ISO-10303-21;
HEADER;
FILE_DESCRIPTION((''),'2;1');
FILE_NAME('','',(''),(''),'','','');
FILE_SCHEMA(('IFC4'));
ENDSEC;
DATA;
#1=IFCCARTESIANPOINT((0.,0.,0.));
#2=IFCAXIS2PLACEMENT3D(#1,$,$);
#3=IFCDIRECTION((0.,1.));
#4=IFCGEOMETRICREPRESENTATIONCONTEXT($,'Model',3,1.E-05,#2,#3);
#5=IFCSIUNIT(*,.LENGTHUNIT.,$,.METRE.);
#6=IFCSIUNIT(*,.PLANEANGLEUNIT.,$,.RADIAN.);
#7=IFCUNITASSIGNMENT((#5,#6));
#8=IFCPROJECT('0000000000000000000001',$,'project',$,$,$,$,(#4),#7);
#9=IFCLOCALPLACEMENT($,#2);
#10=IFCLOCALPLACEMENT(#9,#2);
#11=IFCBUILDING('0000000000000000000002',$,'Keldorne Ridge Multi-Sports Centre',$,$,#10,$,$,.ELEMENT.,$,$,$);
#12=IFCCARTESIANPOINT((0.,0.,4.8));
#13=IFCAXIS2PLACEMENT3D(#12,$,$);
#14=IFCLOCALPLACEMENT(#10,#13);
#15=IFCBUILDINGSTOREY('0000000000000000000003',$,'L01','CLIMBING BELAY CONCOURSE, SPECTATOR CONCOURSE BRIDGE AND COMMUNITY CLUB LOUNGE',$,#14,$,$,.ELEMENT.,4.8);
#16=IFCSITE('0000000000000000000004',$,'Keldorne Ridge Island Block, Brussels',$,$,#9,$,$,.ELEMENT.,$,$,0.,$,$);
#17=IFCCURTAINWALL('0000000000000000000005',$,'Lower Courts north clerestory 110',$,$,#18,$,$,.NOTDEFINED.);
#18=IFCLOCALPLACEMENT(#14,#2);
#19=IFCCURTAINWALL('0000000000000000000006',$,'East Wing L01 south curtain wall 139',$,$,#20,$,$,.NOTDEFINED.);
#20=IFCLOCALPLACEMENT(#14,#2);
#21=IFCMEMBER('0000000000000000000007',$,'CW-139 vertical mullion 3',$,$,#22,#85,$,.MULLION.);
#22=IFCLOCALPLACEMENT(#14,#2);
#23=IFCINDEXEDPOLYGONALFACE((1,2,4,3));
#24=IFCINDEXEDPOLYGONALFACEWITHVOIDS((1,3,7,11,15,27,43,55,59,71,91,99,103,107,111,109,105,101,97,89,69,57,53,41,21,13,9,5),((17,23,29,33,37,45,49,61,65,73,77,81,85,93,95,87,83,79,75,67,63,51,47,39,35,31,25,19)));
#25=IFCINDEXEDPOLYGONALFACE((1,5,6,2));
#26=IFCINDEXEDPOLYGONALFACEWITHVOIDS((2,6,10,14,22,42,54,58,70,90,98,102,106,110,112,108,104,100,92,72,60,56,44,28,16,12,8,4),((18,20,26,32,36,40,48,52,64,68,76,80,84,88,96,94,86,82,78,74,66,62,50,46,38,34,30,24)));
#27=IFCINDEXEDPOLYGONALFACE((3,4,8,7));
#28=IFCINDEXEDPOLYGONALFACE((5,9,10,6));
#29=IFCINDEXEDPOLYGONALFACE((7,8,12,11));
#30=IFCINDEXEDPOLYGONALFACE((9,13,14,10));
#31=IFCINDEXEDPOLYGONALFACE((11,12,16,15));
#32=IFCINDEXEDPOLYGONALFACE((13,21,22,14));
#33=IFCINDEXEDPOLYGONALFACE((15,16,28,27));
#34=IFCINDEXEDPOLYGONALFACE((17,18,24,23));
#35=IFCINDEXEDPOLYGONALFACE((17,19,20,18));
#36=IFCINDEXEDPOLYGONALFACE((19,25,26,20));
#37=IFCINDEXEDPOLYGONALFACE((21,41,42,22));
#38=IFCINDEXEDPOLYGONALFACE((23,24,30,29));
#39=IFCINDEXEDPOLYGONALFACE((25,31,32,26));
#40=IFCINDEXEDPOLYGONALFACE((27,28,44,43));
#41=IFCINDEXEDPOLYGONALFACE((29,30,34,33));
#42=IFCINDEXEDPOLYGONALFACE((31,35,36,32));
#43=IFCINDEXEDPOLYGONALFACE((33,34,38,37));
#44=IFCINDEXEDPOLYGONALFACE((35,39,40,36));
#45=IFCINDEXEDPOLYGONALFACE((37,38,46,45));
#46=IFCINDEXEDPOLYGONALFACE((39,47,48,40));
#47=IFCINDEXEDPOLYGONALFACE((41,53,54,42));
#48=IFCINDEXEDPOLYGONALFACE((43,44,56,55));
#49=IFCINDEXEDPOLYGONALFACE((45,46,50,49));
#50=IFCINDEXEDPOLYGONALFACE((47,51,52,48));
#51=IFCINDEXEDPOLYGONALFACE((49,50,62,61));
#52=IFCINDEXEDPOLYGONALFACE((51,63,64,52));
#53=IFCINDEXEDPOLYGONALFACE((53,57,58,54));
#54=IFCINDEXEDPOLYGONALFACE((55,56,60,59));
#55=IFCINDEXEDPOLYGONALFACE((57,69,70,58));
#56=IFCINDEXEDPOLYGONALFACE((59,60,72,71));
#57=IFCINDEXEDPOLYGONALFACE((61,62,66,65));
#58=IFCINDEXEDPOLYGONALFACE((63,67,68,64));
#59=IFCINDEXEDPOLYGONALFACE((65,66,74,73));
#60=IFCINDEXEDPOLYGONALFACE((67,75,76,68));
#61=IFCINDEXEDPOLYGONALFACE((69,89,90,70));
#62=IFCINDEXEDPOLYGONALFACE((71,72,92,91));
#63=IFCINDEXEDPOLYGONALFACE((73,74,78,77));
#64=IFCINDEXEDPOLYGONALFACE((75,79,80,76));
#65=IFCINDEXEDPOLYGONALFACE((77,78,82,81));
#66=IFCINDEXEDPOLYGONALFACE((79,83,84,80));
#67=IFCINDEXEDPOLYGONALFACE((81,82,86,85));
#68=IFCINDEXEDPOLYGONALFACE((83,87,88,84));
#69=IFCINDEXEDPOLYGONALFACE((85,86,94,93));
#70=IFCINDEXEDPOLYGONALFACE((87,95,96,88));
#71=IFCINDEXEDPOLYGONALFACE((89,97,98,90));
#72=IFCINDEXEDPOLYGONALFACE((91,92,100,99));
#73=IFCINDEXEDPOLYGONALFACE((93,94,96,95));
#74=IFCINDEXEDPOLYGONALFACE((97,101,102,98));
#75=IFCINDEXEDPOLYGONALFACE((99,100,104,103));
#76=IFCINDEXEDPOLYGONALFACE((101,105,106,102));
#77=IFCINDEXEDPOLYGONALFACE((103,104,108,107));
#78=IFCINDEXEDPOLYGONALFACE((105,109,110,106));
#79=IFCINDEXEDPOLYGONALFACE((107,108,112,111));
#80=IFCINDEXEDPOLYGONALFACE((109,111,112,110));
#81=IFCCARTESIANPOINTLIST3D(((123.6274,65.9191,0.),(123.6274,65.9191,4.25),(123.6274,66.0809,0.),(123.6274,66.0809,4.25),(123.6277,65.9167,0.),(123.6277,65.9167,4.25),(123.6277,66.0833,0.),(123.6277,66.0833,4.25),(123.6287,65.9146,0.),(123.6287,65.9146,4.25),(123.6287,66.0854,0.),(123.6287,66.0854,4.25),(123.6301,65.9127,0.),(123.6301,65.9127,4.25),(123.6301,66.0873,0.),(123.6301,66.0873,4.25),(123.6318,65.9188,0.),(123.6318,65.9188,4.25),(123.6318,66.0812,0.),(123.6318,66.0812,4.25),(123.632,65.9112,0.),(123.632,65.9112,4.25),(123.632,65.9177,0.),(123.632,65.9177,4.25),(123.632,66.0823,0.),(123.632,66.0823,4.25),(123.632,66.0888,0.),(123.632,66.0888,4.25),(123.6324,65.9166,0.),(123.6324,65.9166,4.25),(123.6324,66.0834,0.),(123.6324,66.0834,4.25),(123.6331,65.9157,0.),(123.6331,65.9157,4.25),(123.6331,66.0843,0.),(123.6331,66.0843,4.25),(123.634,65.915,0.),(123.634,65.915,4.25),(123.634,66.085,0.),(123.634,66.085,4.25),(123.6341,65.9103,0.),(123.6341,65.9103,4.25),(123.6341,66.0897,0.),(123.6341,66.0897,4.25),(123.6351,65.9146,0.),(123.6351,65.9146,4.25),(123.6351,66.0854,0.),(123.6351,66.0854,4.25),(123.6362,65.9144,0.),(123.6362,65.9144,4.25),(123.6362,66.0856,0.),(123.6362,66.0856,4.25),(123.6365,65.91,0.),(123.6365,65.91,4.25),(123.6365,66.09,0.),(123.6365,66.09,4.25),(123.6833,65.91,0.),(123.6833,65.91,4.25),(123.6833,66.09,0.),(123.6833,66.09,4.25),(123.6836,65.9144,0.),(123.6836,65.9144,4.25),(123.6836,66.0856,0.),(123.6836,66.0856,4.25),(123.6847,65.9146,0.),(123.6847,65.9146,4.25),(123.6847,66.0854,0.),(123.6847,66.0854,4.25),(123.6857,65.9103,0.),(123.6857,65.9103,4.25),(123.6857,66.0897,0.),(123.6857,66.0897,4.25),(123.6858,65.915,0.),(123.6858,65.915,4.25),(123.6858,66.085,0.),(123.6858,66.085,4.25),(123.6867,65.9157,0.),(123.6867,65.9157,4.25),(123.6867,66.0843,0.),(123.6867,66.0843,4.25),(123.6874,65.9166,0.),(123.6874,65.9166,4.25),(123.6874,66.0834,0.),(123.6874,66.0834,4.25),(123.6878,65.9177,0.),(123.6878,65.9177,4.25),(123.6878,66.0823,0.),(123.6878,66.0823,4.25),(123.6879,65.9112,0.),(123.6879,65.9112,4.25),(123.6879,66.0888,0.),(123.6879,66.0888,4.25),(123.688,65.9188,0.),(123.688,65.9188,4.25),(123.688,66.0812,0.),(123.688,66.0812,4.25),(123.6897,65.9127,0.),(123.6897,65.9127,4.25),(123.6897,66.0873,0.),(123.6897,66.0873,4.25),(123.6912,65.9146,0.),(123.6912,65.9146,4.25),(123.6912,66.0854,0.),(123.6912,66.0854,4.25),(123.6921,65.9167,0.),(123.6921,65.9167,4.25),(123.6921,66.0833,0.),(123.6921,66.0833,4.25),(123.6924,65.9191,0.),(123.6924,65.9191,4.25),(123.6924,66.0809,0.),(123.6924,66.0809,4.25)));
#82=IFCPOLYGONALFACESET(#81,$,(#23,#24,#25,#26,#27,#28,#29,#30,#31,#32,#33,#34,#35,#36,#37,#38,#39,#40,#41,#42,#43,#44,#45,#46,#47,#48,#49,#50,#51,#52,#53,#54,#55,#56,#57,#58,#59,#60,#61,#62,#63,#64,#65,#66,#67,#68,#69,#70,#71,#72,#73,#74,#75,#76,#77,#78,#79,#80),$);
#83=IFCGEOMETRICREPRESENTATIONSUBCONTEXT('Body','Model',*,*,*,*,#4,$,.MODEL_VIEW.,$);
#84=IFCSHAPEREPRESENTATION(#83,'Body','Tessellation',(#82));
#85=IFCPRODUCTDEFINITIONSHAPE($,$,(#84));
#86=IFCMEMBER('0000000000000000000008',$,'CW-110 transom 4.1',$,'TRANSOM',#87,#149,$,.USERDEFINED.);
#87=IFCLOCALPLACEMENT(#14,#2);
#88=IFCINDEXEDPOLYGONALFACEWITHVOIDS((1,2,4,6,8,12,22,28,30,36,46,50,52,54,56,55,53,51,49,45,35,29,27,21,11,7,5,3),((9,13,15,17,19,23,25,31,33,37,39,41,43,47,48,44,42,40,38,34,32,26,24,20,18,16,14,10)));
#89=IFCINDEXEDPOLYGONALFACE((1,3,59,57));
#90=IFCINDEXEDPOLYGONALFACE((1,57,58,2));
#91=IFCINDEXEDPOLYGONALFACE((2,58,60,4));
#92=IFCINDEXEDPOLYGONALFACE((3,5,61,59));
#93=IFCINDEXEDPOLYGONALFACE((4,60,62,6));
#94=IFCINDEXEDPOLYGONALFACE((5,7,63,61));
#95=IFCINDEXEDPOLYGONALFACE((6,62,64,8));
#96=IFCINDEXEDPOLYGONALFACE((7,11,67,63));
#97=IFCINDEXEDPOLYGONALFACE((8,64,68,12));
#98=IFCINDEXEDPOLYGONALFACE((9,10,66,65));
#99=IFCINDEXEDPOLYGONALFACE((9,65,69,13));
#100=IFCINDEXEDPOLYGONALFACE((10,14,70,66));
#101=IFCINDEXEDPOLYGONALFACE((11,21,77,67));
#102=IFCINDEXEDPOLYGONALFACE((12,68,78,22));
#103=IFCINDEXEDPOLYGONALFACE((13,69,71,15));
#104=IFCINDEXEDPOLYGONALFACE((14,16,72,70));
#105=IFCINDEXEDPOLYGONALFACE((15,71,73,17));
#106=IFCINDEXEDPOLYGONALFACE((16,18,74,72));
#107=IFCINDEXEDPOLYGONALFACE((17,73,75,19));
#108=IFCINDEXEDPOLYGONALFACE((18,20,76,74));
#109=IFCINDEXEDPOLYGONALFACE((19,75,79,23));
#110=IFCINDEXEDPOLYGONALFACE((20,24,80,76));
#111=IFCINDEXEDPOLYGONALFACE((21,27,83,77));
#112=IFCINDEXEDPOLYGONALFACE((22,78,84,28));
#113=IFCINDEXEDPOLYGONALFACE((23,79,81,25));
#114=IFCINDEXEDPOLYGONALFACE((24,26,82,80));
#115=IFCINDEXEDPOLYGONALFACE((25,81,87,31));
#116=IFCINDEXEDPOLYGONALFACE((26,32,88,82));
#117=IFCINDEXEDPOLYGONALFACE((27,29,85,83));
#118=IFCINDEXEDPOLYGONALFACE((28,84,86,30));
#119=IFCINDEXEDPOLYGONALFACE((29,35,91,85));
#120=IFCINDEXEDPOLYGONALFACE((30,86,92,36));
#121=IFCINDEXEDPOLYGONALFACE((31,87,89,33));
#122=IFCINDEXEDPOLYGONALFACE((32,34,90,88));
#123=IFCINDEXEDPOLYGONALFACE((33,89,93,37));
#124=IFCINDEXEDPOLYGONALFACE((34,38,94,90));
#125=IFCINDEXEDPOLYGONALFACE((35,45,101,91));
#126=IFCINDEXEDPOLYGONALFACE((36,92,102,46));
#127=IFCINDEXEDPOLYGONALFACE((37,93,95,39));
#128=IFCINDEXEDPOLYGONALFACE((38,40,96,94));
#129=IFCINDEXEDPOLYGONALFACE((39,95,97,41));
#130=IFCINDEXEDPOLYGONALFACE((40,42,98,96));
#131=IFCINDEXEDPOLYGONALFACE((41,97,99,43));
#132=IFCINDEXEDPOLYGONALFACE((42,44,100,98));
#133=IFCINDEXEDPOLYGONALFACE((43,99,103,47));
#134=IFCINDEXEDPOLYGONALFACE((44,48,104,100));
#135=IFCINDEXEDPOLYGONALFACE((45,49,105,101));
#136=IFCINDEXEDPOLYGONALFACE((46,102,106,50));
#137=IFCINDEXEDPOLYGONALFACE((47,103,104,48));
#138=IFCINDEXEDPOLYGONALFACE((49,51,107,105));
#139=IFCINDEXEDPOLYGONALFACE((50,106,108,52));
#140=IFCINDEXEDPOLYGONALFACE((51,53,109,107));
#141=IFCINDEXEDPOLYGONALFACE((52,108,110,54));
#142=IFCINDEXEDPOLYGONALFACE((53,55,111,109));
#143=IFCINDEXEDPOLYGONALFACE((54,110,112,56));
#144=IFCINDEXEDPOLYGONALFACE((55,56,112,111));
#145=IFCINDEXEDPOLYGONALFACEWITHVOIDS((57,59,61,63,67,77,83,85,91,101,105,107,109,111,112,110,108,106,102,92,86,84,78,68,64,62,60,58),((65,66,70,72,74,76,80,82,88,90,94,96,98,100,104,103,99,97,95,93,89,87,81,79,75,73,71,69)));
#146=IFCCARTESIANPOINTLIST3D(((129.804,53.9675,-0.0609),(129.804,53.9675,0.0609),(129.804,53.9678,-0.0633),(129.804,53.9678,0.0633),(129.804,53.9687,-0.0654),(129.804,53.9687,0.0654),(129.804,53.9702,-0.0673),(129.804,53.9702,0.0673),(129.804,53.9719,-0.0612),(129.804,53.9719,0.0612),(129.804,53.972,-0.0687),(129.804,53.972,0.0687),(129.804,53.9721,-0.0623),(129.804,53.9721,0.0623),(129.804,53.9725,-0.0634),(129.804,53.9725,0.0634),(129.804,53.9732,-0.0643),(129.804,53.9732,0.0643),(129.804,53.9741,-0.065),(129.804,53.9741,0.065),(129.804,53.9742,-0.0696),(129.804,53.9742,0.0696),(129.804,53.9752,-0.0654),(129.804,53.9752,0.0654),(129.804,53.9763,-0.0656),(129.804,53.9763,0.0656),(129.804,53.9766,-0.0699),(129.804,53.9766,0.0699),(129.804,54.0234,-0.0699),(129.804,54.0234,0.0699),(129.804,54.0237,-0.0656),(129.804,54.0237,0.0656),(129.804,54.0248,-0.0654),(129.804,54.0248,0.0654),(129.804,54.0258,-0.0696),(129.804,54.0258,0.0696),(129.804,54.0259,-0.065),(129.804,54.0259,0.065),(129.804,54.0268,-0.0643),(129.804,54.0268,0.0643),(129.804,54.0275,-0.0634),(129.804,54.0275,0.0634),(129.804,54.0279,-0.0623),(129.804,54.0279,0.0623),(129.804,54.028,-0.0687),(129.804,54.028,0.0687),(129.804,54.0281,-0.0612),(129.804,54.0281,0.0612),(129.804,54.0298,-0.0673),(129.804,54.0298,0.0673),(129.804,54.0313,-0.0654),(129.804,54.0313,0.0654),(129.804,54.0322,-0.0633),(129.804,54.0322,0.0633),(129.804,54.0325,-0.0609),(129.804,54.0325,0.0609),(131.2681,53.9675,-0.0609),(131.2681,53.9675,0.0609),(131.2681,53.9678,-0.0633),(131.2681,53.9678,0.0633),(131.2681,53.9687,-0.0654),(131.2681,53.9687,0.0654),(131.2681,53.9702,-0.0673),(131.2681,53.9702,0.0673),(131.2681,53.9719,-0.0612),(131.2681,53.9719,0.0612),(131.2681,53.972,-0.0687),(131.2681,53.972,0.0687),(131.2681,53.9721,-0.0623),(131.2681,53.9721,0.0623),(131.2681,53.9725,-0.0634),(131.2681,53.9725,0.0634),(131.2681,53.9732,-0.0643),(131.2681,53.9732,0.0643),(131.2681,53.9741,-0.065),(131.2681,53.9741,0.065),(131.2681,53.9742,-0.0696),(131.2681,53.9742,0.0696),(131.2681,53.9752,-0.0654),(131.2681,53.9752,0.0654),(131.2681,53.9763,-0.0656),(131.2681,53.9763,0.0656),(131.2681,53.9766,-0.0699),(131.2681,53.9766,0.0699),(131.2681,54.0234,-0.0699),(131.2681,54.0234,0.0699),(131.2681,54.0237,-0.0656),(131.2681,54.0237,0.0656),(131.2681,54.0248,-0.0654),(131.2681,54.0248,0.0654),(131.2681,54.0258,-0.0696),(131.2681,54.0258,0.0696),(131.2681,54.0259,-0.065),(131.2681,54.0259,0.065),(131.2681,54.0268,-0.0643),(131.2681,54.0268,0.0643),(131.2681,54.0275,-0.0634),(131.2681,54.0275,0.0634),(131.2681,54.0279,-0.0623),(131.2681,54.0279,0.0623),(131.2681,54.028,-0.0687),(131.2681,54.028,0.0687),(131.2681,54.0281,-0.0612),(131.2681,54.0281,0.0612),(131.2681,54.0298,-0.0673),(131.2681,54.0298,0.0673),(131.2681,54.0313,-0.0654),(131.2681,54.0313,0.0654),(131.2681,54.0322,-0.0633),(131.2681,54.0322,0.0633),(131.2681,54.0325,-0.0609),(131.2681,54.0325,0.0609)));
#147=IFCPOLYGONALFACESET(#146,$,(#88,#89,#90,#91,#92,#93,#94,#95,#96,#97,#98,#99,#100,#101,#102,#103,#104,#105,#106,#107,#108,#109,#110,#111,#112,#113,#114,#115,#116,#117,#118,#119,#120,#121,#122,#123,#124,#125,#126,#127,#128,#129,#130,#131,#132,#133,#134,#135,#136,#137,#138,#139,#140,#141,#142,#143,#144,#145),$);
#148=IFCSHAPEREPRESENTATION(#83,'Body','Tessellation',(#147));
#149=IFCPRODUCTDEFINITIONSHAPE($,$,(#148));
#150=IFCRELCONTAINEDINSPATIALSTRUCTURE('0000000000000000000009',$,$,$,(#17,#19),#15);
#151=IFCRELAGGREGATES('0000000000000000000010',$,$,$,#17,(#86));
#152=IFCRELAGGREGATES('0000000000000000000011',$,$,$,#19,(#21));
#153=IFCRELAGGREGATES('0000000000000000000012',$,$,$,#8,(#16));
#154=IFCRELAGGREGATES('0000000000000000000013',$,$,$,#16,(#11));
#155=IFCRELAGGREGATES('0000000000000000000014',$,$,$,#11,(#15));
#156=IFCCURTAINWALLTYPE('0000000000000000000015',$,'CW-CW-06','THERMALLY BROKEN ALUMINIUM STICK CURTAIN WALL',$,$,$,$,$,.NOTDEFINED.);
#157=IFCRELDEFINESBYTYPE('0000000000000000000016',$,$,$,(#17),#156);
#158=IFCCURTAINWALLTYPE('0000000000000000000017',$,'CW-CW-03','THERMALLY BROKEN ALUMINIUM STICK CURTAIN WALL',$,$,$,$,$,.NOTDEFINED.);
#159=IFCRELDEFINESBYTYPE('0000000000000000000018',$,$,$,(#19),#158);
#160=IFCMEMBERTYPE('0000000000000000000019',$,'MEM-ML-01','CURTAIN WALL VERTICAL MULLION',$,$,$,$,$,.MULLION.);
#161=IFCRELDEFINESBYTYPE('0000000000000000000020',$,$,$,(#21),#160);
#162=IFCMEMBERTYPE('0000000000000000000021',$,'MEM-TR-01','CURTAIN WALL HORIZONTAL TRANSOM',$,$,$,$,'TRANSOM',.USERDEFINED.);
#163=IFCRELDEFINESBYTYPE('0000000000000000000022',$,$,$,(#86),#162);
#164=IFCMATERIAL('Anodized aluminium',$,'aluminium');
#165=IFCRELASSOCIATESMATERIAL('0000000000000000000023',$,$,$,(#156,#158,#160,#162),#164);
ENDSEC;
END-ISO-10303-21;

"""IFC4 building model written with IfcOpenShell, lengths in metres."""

from ifc_helpers import new_model, si_unit, direction, frame, origin, origin_2d, place, context, subcontext, project, spatial, hollow_rectangle, extrude, material, material_profile, profile_set, type_object, element, aggregate, save


model = new_model("IFC4")

# Units and contexts
model_context = context("Model", 3, precision=1e-05, world=origin(), true_north=direction((0.0, 1.0)))
body_context = subcontext(model_context, "Body", "Model", "MODEL_VIEW")
ifc_project = project(units=[si_unit("LENGTHUNIT", "METRE"), si_unit("PLANEANGLEUNIT", "RADIAN")], contexts=[model_context])

# Site, building, storey
site_placement = place(None, origin())
site = spatial("IfcSite", under=ifc_project, at=site_placement, Name="Keldorne Ridge Island Block, Brussels", CompositionType="ELEMENT", RefElevation=0.0)
building_placement = place(site_placement, origin())
building = spatial("IfcBuilding", under=site, at=building_placement, Name="Keldorne Ridge Multi-Sports Centre", CompositionType="ELEMENT")
storey_placement = place(building_placement, frame((0.0, 0.0, 4.8)))
storey = spatial("IfcBuildingStorey", under=building, at=storey_placement, Name="L01", Description="CLIMBING BELAY CONCOURSE, SPECTATOR CONCOURSE BRIDGE AND COMMUNITY CLUB LOUNGE", CompositionType="ELEMENT", Elevation=4.8)

# Curtain wall
ifc_material_1 = material(Name="Anodized aluminium", Category="aluminium")
curtain_wall_type_1 = type_object("IfcCurtainWallType", Name="CW-CW-06", Description="THERMALLY BROKEN ALUMINIUM STICK CURTAIN WALL", PredefinedType="NOTDEFINED", material=ifc_material_1)
curtain_wall_1_placement = place(storey_placement, origin())
curtain_wall_1 = element("IfcCurtainWall", 1, at=curtain_wall_1_placement, inside=storey, type_object=curtain_wall_type_1, Name="Lower Courts north clerestory 110", PredefinedType="NOTDEFINED")
ifc_material_profile_1 = material_profile(ifc_material_1, hollow_rectangle(XDim=0.0649, YDim=0.1799, WallThickness=0.0044, InnerFilletRadius=0.0044, OuterFilletRadius=0.009, at=origin_2d()), Name="ALU MULLION 180x65x4.5")
ifc_profile_set_1 = profile_set([ifc_material_profile_1], Name="Anodized aluminium")
member_type_1 = type_object("IfcMemberType", Name="MEM-ML-01", Description="CURTAIN WALL VERTICAL MULLION", PredefinedType="MULLION", material=ifc_profile_set_1)

# Curtain wall, member
curtain_wall_type_2 = type_object("IfcCurtainWallType", Name="CW-CW-03", Description="THERMALLY BROKEN ALUMINIUM STICK CURTAIN WALL", PredefinedType="NOTDEFINED", material=ifc_material_1)
curtain_wall_2_placement = place(storey_placement, origin())
curtain_wall_2 = element("IfcCurtainWall", 2, at=curtain_wall_2_placement, inside=storey, type_object=curtain_wall_type_2, Name="East Wing L01 south curtain wall 139", PredefinedType="NOTDEFINED")
member_1_placement = place(storey_placement, frame((123.6599, 66.0, 0.0), z_axis=(0.0, 0.0, 1.0), x_axis=(1.0, 0.0, 0.0)))
member_1 = element("IfcMember", 3, at=member_1_placement, type_object=member_type_1, Name="CW-139 vertical mullion 3", PredefinedType="MULLION", context=body_context, shape_type="SweptSolid", body=[
    extrude(hollow_rectangle(XDim=0.0649, YDim=0.1799, WallThickness=0.0044, InnerFilletRadius=0.0044, OuterFilletRadius=0.009, at=origin_2d()), origin(), (0.0, 0.0, 1.0), 4.25),
])

# Member
ifc_material_profile_2 = material_profile(ifc_material_1, hollow_rectangle(XDim=0.0649, YDim=0.1399, WallThickness=0.0044, InnerFilletRadius=0.0044, OuterFilletRadius=0.009, at=origin_2d()), Name="ALU TRANSOM 140x65x4.5")
ifc_profile_set_2 = profile_set([ifc_material_profile_2], Name="Anodized aluminium")
member_type_2 = type_object("IfcMemberType", Name="MEM-TR-01", Description="CURTAIN WALL HORIZONTAL TRANSOM", ElementType="TRANSOM", PredefinedType="USERDEFINED", material=ifc_profile_set_2)
member_2_placement = place(storey_placement, frame((131.2681, 54.0, 0.0), z_axis=(-1.0, 0.0, 0.0), x_axis=(0.0, -1.0, 0.0)))
member_2 = element("IfcMember", 4, at=member_2_placement, type_object=member_type_2, Name="CW-110 transom 4.1", ObjectType="TRANSOM", PredefinedType="USERDEFINED", context=body_context, shape_type="SweptSolid", body=[
    extrude(hollow_rectangle(XDim=0.0649, YDim=0.1399, WallThickness=0.0044, InnerFilletRadius=0.0044, OuterFilletRadius=0.009, at=origin_2d()), origin(), (0.0, 0.0, 1.0), 1.4641),
])

aggregate(curtain_wall_1, [member_2])
aggregate(curtain_wall_2, [member_1])

save(model, "model.ifc")
